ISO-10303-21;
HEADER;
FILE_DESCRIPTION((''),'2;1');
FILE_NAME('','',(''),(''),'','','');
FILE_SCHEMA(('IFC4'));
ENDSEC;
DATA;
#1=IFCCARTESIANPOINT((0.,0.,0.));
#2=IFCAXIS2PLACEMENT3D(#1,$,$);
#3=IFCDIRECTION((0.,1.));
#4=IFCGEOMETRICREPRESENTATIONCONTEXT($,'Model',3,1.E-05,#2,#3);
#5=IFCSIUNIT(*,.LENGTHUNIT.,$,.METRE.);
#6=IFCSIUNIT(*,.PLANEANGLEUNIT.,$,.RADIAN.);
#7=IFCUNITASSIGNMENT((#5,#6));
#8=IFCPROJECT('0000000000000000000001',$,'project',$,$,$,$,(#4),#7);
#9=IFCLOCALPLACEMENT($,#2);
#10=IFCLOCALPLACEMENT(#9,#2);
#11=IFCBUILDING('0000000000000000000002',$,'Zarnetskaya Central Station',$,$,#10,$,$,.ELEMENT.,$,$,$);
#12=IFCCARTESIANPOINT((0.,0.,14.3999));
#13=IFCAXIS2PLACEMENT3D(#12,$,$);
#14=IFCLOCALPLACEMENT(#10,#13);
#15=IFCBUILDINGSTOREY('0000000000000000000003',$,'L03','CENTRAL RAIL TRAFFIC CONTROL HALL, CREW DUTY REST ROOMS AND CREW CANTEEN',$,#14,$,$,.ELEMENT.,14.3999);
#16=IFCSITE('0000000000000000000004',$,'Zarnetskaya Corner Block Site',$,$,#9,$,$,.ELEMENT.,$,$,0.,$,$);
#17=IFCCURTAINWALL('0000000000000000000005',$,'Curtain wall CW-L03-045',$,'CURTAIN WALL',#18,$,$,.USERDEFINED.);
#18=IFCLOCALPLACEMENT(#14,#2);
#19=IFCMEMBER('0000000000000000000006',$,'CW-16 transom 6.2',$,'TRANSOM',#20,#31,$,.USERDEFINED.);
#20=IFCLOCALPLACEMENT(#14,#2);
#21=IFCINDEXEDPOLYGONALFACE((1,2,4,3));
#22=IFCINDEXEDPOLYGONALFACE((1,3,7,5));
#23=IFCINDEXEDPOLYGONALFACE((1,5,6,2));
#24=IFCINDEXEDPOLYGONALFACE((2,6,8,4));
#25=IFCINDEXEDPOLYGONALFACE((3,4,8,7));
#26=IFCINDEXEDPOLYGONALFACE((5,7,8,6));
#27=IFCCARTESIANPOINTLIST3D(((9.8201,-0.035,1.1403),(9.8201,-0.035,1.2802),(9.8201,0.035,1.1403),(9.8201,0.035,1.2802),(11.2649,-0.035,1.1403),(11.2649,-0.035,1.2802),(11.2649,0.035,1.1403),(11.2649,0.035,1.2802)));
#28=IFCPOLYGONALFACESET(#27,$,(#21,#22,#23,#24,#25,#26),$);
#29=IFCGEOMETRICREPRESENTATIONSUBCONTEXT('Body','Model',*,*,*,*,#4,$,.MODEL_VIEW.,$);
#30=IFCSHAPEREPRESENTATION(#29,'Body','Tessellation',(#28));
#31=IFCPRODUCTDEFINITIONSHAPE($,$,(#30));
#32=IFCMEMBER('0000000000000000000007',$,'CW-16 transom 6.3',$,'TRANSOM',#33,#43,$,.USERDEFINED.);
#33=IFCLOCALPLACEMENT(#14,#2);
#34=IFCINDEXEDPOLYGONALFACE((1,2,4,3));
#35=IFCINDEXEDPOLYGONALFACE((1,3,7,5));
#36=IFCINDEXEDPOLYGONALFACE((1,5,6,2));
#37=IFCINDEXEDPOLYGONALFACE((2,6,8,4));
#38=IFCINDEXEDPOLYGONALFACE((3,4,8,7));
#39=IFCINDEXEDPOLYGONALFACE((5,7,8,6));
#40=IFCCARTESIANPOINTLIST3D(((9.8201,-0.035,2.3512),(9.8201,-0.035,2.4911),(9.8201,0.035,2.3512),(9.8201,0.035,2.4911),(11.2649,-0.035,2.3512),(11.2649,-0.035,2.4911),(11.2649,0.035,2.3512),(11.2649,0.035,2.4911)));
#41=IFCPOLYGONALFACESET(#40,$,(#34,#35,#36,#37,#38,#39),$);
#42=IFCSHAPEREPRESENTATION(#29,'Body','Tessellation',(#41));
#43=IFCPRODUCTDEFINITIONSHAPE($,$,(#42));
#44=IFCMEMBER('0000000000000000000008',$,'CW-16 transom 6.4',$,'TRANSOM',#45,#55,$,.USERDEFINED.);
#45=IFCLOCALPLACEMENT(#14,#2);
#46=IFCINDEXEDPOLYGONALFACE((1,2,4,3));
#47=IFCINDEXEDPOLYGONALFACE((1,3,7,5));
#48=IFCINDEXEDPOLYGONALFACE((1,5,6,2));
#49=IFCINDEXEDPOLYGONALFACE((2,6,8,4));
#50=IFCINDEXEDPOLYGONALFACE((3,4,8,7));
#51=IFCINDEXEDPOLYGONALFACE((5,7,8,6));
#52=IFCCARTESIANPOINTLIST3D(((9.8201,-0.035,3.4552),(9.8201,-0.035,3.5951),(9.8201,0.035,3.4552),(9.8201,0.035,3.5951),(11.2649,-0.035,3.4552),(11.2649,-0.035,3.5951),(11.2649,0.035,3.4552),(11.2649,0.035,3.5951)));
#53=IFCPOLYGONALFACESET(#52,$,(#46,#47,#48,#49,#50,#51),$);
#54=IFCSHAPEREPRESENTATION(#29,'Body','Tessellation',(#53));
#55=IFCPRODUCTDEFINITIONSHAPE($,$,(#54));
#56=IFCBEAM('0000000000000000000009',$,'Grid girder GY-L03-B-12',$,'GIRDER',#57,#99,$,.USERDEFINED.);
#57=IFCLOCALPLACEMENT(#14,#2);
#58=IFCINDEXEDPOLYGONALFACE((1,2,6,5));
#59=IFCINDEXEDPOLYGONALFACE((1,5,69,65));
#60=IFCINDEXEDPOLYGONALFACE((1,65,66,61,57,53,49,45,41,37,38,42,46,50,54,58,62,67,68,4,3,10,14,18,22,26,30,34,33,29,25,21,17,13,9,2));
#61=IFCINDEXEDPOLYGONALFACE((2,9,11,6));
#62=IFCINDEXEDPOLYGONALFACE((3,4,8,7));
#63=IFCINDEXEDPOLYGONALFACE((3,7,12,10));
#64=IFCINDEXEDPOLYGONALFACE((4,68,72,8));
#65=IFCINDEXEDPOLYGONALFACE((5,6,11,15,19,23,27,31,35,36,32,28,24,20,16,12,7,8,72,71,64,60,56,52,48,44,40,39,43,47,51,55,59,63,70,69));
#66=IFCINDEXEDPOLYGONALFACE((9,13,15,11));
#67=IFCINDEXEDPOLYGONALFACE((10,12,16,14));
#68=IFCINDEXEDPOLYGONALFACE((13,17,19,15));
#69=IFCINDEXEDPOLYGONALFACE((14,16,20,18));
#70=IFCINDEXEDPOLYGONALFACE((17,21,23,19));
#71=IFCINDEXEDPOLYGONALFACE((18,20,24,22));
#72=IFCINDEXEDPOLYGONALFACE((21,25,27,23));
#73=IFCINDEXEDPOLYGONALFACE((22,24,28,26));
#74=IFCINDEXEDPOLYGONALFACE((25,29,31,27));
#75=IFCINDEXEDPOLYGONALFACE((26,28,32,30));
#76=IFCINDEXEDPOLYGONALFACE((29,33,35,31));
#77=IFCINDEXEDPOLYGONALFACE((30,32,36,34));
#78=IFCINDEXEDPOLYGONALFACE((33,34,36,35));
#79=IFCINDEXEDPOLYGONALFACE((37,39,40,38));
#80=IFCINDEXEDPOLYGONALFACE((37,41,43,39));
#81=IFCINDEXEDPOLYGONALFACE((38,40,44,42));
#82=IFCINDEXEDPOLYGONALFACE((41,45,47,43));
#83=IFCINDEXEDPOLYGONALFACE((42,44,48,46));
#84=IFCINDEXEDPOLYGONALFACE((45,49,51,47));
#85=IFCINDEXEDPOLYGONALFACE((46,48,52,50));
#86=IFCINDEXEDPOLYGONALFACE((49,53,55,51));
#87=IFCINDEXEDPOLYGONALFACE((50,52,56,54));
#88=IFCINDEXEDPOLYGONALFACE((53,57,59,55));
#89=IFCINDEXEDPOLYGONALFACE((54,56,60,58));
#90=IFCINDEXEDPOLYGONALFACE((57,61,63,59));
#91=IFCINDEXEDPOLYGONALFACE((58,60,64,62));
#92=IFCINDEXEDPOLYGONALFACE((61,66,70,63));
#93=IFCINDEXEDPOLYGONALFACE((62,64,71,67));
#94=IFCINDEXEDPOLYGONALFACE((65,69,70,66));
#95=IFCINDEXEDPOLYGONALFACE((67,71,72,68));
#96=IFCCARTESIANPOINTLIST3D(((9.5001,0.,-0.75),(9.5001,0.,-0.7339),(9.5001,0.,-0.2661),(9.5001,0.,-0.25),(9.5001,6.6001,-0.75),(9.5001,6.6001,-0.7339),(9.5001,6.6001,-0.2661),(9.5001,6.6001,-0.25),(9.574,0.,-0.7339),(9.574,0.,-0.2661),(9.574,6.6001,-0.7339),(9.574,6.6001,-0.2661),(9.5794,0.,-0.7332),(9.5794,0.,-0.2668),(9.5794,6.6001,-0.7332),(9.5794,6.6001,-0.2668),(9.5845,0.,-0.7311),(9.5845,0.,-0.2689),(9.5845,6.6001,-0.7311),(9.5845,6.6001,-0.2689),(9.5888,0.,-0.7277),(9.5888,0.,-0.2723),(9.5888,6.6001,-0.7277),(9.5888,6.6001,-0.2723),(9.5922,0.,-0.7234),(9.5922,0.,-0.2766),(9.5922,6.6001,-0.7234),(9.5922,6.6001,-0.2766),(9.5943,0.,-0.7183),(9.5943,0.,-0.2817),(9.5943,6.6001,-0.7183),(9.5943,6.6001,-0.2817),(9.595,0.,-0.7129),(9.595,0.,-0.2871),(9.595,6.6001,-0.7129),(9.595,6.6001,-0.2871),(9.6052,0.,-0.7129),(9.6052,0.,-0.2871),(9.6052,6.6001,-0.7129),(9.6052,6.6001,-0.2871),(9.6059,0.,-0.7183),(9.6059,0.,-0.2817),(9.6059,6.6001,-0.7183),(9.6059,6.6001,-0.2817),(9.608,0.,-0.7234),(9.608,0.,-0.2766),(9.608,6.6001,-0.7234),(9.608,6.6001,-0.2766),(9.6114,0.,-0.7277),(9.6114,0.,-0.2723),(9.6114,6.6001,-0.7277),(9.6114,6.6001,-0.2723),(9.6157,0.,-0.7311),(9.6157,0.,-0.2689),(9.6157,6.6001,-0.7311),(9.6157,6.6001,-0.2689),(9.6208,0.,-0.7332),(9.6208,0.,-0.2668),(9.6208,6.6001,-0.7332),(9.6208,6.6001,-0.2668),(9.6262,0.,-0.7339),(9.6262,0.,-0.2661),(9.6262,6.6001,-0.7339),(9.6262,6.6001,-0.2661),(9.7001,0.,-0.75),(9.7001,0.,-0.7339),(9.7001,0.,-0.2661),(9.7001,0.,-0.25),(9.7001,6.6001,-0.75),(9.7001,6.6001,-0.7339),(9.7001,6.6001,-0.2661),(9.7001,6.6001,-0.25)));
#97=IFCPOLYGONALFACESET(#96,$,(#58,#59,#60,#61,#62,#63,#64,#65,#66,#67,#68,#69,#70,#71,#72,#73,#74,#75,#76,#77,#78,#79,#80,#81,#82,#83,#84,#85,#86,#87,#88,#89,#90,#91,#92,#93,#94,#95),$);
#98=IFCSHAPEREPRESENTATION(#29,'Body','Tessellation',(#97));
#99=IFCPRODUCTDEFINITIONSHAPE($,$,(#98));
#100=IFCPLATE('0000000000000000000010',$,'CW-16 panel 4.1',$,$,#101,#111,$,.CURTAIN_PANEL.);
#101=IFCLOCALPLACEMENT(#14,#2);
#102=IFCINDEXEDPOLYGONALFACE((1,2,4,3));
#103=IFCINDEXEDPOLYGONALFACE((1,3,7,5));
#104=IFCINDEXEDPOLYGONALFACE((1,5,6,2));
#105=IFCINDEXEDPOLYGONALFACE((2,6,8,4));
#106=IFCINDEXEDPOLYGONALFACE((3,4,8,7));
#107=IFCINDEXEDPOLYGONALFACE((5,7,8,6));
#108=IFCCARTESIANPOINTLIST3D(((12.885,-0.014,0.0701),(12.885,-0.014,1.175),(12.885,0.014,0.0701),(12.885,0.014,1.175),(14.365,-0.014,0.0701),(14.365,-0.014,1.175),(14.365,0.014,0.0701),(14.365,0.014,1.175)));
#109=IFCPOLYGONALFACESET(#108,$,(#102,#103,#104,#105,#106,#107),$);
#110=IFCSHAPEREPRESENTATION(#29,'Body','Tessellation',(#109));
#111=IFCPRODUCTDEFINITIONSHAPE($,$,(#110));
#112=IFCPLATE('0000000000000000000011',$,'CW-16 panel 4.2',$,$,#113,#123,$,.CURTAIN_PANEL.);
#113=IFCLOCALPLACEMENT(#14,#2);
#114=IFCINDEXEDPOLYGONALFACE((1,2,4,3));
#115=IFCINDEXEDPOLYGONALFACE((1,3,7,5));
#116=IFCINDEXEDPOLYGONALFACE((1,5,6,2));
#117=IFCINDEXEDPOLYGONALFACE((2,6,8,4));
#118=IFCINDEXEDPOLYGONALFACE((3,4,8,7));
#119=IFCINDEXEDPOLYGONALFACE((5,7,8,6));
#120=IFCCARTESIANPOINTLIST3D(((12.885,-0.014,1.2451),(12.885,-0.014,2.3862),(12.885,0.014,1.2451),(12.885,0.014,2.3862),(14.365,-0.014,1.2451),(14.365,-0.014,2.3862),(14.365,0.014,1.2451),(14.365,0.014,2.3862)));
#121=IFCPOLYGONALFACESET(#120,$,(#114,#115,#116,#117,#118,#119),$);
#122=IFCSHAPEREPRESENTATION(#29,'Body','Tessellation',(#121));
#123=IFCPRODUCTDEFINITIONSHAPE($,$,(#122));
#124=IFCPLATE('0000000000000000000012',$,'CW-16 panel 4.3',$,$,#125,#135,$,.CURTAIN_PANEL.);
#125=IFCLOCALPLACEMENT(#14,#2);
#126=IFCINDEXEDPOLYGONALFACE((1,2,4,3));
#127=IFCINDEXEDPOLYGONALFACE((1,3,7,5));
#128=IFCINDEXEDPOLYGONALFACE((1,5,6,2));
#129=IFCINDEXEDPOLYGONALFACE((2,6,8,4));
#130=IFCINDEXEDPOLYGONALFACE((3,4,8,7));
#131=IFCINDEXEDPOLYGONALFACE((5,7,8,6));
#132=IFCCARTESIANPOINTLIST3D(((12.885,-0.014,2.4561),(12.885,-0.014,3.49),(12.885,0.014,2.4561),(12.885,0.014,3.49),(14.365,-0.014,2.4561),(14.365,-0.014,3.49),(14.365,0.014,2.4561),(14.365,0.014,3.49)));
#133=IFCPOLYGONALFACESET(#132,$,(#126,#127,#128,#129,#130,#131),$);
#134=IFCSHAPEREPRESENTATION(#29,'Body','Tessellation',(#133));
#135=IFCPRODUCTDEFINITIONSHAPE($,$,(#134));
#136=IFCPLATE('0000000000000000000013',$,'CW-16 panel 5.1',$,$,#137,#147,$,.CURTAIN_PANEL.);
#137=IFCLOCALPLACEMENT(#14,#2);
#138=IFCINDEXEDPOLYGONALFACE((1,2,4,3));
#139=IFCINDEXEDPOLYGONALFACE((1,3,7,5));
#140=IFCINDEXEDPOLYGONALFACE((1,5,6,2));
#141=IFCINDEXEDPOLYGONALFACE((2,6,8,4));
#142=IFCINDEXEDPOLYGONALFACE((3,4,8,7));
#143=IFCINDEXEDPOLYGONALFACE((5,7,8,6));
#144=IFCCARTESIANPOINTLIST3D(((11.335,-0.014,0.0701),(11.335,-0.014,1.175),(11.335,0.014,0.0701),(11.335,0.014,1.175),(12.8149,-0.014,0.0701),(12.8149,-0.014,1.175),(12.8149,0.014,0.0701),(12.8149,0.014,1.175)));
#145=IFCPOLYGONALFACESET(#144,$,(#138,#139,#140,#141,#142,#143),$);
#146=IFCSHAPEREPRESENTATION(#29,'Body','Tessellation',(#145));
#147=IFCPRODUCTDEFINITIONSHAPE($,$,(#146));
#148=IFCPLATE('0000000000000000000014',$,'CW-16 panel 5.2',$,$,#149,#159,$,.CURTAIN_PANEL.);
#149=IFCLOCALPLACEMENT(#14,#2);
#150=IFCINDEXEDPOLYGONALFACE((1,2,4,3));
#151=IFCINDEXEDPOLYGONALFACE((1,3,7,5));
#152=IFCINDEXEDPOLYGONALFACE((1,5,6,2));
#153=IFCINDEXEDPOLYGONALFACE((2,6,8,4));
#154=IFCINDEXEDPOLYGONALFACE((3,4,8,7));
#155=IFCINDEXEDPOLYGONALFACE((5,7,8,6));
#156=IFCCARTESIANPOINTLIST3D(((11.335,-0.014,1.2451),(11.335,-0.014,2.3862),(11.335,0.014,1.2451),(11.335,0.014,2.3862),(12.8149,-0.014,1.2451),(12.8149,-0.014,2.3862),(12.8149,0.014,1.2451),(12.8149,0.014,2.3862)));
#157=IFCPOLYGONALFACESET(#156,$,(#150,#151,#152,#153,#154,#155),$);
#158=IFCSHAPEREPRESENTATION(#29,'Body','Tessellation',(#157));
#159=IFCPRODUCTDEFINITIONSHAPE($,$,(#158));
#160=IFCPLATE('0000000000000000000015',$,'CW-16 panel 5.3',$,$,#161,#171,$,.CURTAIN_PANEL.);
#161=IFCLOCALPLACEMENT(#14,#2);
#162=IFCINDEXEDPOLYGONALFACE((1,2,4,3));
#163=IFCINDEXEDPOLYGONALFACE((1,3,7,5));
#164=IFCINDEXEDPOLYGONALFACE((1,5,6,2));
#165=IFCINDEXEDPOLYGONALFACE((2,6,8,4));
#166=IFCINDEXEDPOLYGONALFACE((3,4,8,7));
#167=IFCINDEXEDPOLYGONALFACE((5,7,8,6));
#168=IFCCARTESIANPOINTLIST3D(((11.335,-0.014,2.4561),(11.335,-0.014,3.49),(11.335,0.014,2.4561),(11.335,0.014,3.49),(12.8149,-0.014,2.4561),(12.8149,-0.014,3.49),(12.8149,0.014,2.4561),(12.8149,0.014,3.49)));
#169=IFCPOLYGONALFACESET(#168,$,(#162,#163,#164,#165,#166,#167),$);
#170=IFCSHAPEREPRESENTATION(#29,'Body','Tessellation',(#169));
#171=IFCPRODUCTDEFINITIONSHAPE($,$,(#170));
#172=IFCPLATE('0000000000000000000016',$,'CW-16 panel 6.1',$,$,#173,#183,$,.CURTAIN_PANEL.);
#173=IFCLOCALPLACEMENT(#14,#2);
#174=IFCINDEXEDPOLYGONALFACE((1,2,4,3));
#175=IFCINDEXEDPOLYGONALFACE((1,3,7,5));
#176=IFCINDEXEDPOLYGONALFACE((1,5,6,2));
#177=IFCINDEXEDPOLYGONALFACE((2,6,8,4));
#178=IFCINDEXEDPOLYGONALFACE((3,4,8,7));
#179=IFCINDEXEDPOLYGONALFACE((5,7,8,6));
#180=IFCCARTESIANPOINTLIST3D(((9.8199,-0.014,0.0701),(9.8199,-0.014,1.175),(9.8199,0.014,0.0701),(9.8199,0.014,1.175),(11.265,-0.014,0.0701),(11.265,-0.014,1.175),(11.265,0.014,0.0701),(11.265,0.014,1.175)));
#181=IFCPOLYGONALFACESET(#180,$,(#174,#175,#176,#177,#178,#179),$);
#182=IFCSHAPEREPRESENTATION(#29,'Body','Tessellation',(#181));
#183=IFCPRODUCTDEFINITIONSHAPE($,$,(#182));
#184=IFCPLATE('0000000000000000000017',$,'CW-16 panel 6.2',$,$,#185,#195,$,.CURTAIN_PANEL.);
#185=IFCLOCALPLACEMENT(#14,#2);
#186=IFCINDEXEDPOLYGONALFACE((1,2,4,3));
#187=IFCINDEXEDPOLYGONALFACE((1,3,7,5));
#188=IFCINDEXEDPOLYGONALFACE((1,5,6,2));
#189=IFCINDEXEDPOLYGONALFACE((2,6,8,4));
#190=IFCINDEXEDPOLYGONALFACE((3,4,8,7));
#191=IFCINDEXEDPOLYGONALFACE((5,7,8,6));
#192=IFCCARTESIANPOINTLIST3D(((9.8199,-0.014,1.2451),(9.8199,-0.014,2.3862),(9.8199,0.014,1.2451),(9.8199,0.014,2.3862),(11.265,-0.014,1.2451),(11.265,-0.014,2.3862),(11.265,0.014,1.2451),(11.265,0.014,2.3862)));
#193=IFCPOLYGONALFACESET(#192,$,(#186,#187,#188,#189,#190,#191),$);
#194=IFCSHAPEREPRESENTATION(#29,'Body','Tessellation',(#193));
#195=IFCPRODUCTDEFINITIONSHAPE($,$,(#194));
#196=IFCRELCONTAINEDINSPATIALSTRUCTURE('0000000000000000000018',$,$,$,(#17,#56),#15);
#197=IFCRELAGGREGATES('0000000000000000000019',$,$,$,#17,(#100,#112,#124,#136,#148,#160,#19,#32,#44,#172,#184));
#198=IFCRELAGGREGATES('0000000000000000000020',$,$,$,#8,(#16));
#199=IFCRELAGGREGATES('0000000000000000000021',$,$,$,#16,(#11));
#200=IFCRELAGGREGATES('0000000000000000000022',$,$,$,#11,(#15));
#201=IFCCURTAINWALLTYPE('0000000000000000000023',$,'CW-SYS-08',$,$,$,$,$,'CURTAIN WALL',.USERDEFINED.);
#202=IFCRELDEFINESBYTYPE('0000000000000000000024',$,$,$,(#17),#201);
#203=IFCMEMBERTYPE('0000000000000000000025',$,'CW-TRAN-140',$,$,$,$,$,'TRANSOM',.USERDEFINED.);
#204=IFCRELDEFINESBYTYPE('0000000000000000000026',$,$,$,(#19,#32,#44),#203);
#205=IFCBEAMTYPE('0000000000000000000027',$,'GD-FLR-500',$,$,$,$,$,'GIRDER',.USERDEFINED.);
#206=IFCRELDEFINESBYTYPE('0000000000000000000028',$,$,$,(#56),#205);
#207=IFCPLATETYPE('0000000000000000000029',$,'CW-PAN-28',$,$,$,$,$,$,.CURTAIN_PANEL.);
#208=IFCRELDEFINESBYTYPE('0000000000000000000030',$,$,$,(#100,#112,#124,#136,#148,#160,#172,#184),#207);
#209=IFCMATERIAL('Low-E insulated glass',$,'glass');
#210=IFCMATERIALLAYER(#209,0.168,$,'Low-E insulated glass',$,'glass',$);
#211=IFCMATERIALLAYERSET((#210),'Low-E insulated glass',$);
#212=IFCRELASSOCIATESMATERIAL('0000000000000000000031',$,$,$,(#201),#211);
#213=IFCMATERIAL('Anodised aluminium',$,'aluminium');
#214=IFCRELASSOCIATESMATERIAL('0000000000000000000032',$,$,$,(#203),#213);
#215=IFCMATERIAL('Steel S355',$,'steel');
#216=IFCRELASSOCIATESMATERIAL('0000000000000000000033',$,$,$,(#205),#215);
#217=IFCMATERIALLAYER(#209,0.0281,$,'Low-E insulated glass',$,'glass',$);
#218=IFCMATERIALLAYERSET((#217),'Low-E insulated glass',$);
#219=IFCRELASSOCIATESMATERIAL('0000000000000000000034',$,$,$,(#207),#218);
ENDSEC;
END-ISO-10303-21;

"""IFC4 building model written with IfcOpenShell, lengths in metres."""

from ifc_helpers import new_model, si_unit, direction, frame, origin, origin_2d, place, context, subcontext, project, spatial, rectangle, i_section, extrude, material, layer, layer_set, material_profile, profile_set, type_object, element, aggregate, save


model = new_model("IFC4")

# Units and contexts
model_context = context("Model", 3, precision=1e-05, world=origin(), true_north=direction((0.0, 1.0)))
body_context = subcontext(model_context, "Body", "Model", "MODEL_VIEW")
ifc_project = project(units=[si_unit("LENGTHUNIT", "METRE"), si_unit("PLANEANGLEUNIT", "RADIAN")], contexts=[model_context])

# Site, building, storey
site_placement = place(None, origin())
site = spatial("IfcSite", under=ifc_project, at=site_placement, Name="Zarnetskaya Corner Block Site", CompositionType="ELEMENT", RefElevation=0.0)
building_placement = place(site_placement, origin())
building = spatial("IfcBuilding", under=site, at=building_placement, Name="Zarnetskaya Central Station", CompositionType="ELEMENT")
storey_placement = place(building_placement, frame((0.0, 0.0, 14.3999)))
storey = spatial("IfcBuildingStorey", under=building, at=storey_placement, Name="L03", Description="CENTRAL RAIL TRAFFIC CONTROL HALL, CREW DUTY REST ROOMS AND CREW CANTEEN", CompositionType="ELEMENT", Elevation=14.3999)

# Shared definitions
ifc_material_1 = material(Name="Steel S355", Category="steel")

# Curtain wall, members
ifc_material_2 = material(Name="Low-E insulated glass", Category="glass")
ifc_layer_1 = layer(ifc_material_2, 0.168, Name="Low-E insulated glass", Category="glass")
ifc_layer_set_1 = layer_set([ifc_layer_1], Name="Low-E insulated glass")
curtain_wall_type = type_object("IfcCurtainWallType", Name="CW-SYS-08", ElementType="CURTAIN WALL", PredefinedType="USERDEFINED", material=ifc_layer_set_1)
curtain_wall_placement = place(storey_placement, origin())
curtain_wall = element("IfcCurtainWall", 1, at=curtain_wall_placement, inside=storey, type_object=curtain_wall_type, Name="Curtain wall CW-L03-045", ObjectType="CURTAIN WALL", PredefinedType="USERDEFINED")
ifc_material_3 = material(Name="Anodised aluminium", Category="aluminium")
ifc_material_profile_1 = material_profile(ifc_material_3, rectangle(XDim=0.0701, YDim=0.1399, at=origin_2d()), Name="ALU TRAN 70x140")
ifc_profile_set_1 = profile_set([ifc_material_profile_1], Name="Anodised aluminium")
member_type_1 = type_object("IfcMemberType", Name="CW-TRAN-140", ElementType="TRANSOM", PredefinedType="USERDEFINED", material=ifc_profile_set_1)
member_1_placement = place(storey_placement, frame((11.2649, 0.0, 1.2102), z_axis=(-1.0, 0.0, 0.0), x_axis=(0.0, -1.0, 0.0)))
member_1 = element("IfcMember", 2, at=member_1_placement, type_object=member_type_1, Name="CW-16 transom 6.2", ObjectType="TRANSOM", PredefinedType="USERDEFINED", context=body_context, shape_type="SweptSolid", body=[
    extrude(rectangle(XDim=0.0701, YDim=0.1399, at=origin_2d()), origin(), (0.0, 0.0, 1.0), 1.4448),
])
member_2_placement = place(storey_placement, frame((11.2649, 0.0, 2.4211), z_axis=(-1.0, 0.0, 0.0), x_axis=(0.0, -1.0, 0.0)))
member_2 = element("IfcMember", 3, at=member_2_placement, type_object=member_type_1, Name="CW-16 transom 6.3", ObjectType="TRANSOM", PredefinedType="USERDEFINED", context=body_context, shape_type="SweptSolid", body=[
    extrude(rectangle(XDim=0.0701, YDim=0.1399, at=origin_2d()), origin(), (0.0, 0.0, 1.0), 1.4448),
])
member_3_placement = place(storey_placement, frame((11.2649, 0.0, 3.5251), z_axis=(-1.0, 0.0, 0.0), x_axis=(0.0, -1.0, 0.0)))
member_3 = element("IfcMember", 4, at=member_3_placement, type_object=member_type_1, Name="CW-16 transom 6.4", ObjectType="TRANSOM", PredefinedType="USERDEFINED", context=body_context, shape_type="SweptSolid", body=[
    extrude(rectangle(XDim=0.0701, YDim=0.1399, at=origin_2d()), origin(), (0.0, 0.0, 1.0), 1.4448),
])

# Beam
ifc_material_profile_2 = material_profile(ifc_material_1, i_section(OverallWidth=0.2, OverallDepth=0.5, WebThickness=0.0103, FlangeThickness=0.0161, FilletRadius=0.021, at=origin_2d()), Name="IPE 500")
ifc_profile_set_2 = profile_set([ifc_material_profile_2], Name="Steel S355")
beam_type_1 = type_object("IfcBeamType", Name="GD-FLR-500", ElementType="GIRDER", PredefinedType="USERDEFINED", material=ifc_profile_set_2)
beam_1_placement = place(storey_placement, frame((9.6001, 0.0, -0.5), z_axis=(0.0, 1.0, 0.0), x_axis=(-1.0, 0.0, 0.0)))
element("IfcBeam", 5, at=beam_1_placement, inside=storey, type_object=beam_type_1, Name="Grid girder GY-L03-B-12", ObjectType="GIRDER", PredefinedType="USERDEFINED", context=body_context, shape_type="SweptSolid", body=[
    extrude(i_section(OverallWidth=0.2, OverallDepth=0.5, WebThickness=0.0103, FlangeThickness=0.0161, FilletRadius=0.021, at=origin_2d()), origin(), (0.0, 0.0, 1.0), 6.6001),
])

# Plates
ifc_layer_2 = layer(ifc_material_2, 0.0281, Name="Low-E insulated glass", Category="glass")
ifc_layer_set_2 = layer_set([ifc_layer_2], Name="Low-E insulated glass")
plate_type = type_object("IfcPlateType", Name="CW-PAN-28", PredefinedType="CURTAIN_PANEL", material=ifc_layer_set_2)
plate_1_placement = place(storey_placement, frame((13.625, 0.0, 0.0701), z_axis=(0.0, 0.0, 1.0), x_axis=(-1.0, 0.0, 0.0)))
plate_1 = element("IfcPlate", 6, at=plate_1_placement, type_object=plate_type, Name="CW-16 panel 4.1", PredefinedType="CURTAIN_PANEL", context=body_context, shape_type="SweptSolid", body=[
    extrude(rectangle(XDim=1.48, YDim=0.0281, at=origin_2d()), origin(), (0.0, 0.0, 1.0), 1.105),
])
plate_2_placement = place(storey_placement, frame((13.625, 0.0, 1.2451), z_axis=(0.0, 0.0, 1.0), x_axis=(-1.0, 0.0, 0.0)))
plate_2 = element("IfcPlate", 7, at=plate_2_placement, type_object=plate_type, Name="CW-16 panel 4.2", PredefinedType="CURTAIN_PANEL", context=body_context, shape_type="SweptSolid", body=[
    extrude(rectangle(XDim=1.48, YDim=0.0281, at=origin_2d()), origin(), (0.0, 0.0, 1.0), 1.1411),
])
plate_3_placement = place(storey_placement, frame((13.625, 0.0, 2.4561), z_axis=(0.0, 0.0, 1.0), x_axis=(-1.0, 0.0, 0.0)))
plate_3 = element("IfcPlate", 8, at=plate_3_placement, type_object=plate_type, Name="CW-16 panel 4.3", PredefinedType="CURTAIN_PANEL", context=body_context, shape_type="SweptSolid", body=[
    extrude(rectangle(XDim=1.48, YDim=0.0281, at=origin_2d()), origin(), (0.0, 0.0, 1.0), 1.0339),
])
plate_4_placement = place(storey_placement, frame((12.075, 0.0, 0.0701), z_axis=(0.0, 0.0, 1.0), x_axis=(-1.0, 0.0, 0.0)))
plate_4 = element("IfcPlate", 9, at=plate_4_placement, type_object=plate_type, Name="CW-16 panel 5.1", PredefinedType="CURTAIN_PANEL", context=body_context, shape_type="SweptSolid", body=[
    extrude(rectangle(XDim=1.48, YDim=0.0281, at=origin_2d()), origin(), (0.0, 0.0, 1.0), 1.105),
])
plate_5_placement = place(storey_placement, frame((12.075, 0.0, 1.2451), z_axis=(0.0, 0.0, 1.0), x_axis=(-1.0, 0.0, 0.0)))
plate_5 = element("IfcPlate", 10, at=plate_5_placement, type_object=plate_type, Name="CW-16 panel 5.2", PredefinedType="CURTAIN_PANEL", context=body_context, shape_type="SweptSolid", body=[
    extrude(rectangle(XDim=1.48, YDim=0.0281, at=origin_2d()), origin(), (0.0, 0.0, 1.0), 1.1411),
])
plate_6_placement = place(storey_placement, frame((12.075, 0.0, 2.4561), z_axis=(0.0, 0.0, 1.0), x_axis=(-1.0, 0.0, 0.0)))
plate_6 = element("IfcPlate", 11, at=plate_6_placement, type_object=plate_type, Name="CW-16 panel 5.3", PredefinedType="CURTAIN_PANEL", context=body_context, shape_type="SweptSolid", body=[
    extrude(rectangle(XDim=1.48, YDim=0.0281, at=origin_2d()), origin(), (0.0, 0.0, 1.0), 1.0339),
])
plate_7_placement = place(storey_placement, frame((10.5425, 0.0, 0.0701), z_axis=(0.0, 0.0, 1.0), x_axis=(-1.0, 0.0, 0.0)))
plate_7 = element("IfcPlate", 12, at=plate_7_placement, type_object=plate_type, Name="CW-16 panel 6.1", PredefinedType="CURTAIN_PANEL", context=body_context, shape_type="SweptSolid", body=[
    extrude(rectangle(XDim=1.4451, YDim=0.0281, at=origin_2d()), origin(), (0.0, 0.0, 1.0), 1.105),
])
plate_8_placement = place(storey_placement, frame((10.5425, 0.0, 1.2451), z_axis=(0.0, 0.0, 1.0), x_axis=(-1.0, 0.0, 0.0)))
plate_8 = element("IfcPlate", 13, at=plate_8_placement, type_object=plate_type, Name="CW-16 panel 6.2", PredefinedType="CURTAIN_PANEL", context=body_context, shape_type="SweptSolid", body=[
    extrude(rectangle(XDim=1.4451, YDim=0.0281, at=origin_2d()), origin(), (0.0, 0.0, 1.0), 1.1411),
])
aggregate(curtain_wall, [plate_1, plate_2, plate_3, plate_4, plate_5, plate_6, member_1, member_2, member_3, plate_7, plate_8])

save(model, "model.ifc")
